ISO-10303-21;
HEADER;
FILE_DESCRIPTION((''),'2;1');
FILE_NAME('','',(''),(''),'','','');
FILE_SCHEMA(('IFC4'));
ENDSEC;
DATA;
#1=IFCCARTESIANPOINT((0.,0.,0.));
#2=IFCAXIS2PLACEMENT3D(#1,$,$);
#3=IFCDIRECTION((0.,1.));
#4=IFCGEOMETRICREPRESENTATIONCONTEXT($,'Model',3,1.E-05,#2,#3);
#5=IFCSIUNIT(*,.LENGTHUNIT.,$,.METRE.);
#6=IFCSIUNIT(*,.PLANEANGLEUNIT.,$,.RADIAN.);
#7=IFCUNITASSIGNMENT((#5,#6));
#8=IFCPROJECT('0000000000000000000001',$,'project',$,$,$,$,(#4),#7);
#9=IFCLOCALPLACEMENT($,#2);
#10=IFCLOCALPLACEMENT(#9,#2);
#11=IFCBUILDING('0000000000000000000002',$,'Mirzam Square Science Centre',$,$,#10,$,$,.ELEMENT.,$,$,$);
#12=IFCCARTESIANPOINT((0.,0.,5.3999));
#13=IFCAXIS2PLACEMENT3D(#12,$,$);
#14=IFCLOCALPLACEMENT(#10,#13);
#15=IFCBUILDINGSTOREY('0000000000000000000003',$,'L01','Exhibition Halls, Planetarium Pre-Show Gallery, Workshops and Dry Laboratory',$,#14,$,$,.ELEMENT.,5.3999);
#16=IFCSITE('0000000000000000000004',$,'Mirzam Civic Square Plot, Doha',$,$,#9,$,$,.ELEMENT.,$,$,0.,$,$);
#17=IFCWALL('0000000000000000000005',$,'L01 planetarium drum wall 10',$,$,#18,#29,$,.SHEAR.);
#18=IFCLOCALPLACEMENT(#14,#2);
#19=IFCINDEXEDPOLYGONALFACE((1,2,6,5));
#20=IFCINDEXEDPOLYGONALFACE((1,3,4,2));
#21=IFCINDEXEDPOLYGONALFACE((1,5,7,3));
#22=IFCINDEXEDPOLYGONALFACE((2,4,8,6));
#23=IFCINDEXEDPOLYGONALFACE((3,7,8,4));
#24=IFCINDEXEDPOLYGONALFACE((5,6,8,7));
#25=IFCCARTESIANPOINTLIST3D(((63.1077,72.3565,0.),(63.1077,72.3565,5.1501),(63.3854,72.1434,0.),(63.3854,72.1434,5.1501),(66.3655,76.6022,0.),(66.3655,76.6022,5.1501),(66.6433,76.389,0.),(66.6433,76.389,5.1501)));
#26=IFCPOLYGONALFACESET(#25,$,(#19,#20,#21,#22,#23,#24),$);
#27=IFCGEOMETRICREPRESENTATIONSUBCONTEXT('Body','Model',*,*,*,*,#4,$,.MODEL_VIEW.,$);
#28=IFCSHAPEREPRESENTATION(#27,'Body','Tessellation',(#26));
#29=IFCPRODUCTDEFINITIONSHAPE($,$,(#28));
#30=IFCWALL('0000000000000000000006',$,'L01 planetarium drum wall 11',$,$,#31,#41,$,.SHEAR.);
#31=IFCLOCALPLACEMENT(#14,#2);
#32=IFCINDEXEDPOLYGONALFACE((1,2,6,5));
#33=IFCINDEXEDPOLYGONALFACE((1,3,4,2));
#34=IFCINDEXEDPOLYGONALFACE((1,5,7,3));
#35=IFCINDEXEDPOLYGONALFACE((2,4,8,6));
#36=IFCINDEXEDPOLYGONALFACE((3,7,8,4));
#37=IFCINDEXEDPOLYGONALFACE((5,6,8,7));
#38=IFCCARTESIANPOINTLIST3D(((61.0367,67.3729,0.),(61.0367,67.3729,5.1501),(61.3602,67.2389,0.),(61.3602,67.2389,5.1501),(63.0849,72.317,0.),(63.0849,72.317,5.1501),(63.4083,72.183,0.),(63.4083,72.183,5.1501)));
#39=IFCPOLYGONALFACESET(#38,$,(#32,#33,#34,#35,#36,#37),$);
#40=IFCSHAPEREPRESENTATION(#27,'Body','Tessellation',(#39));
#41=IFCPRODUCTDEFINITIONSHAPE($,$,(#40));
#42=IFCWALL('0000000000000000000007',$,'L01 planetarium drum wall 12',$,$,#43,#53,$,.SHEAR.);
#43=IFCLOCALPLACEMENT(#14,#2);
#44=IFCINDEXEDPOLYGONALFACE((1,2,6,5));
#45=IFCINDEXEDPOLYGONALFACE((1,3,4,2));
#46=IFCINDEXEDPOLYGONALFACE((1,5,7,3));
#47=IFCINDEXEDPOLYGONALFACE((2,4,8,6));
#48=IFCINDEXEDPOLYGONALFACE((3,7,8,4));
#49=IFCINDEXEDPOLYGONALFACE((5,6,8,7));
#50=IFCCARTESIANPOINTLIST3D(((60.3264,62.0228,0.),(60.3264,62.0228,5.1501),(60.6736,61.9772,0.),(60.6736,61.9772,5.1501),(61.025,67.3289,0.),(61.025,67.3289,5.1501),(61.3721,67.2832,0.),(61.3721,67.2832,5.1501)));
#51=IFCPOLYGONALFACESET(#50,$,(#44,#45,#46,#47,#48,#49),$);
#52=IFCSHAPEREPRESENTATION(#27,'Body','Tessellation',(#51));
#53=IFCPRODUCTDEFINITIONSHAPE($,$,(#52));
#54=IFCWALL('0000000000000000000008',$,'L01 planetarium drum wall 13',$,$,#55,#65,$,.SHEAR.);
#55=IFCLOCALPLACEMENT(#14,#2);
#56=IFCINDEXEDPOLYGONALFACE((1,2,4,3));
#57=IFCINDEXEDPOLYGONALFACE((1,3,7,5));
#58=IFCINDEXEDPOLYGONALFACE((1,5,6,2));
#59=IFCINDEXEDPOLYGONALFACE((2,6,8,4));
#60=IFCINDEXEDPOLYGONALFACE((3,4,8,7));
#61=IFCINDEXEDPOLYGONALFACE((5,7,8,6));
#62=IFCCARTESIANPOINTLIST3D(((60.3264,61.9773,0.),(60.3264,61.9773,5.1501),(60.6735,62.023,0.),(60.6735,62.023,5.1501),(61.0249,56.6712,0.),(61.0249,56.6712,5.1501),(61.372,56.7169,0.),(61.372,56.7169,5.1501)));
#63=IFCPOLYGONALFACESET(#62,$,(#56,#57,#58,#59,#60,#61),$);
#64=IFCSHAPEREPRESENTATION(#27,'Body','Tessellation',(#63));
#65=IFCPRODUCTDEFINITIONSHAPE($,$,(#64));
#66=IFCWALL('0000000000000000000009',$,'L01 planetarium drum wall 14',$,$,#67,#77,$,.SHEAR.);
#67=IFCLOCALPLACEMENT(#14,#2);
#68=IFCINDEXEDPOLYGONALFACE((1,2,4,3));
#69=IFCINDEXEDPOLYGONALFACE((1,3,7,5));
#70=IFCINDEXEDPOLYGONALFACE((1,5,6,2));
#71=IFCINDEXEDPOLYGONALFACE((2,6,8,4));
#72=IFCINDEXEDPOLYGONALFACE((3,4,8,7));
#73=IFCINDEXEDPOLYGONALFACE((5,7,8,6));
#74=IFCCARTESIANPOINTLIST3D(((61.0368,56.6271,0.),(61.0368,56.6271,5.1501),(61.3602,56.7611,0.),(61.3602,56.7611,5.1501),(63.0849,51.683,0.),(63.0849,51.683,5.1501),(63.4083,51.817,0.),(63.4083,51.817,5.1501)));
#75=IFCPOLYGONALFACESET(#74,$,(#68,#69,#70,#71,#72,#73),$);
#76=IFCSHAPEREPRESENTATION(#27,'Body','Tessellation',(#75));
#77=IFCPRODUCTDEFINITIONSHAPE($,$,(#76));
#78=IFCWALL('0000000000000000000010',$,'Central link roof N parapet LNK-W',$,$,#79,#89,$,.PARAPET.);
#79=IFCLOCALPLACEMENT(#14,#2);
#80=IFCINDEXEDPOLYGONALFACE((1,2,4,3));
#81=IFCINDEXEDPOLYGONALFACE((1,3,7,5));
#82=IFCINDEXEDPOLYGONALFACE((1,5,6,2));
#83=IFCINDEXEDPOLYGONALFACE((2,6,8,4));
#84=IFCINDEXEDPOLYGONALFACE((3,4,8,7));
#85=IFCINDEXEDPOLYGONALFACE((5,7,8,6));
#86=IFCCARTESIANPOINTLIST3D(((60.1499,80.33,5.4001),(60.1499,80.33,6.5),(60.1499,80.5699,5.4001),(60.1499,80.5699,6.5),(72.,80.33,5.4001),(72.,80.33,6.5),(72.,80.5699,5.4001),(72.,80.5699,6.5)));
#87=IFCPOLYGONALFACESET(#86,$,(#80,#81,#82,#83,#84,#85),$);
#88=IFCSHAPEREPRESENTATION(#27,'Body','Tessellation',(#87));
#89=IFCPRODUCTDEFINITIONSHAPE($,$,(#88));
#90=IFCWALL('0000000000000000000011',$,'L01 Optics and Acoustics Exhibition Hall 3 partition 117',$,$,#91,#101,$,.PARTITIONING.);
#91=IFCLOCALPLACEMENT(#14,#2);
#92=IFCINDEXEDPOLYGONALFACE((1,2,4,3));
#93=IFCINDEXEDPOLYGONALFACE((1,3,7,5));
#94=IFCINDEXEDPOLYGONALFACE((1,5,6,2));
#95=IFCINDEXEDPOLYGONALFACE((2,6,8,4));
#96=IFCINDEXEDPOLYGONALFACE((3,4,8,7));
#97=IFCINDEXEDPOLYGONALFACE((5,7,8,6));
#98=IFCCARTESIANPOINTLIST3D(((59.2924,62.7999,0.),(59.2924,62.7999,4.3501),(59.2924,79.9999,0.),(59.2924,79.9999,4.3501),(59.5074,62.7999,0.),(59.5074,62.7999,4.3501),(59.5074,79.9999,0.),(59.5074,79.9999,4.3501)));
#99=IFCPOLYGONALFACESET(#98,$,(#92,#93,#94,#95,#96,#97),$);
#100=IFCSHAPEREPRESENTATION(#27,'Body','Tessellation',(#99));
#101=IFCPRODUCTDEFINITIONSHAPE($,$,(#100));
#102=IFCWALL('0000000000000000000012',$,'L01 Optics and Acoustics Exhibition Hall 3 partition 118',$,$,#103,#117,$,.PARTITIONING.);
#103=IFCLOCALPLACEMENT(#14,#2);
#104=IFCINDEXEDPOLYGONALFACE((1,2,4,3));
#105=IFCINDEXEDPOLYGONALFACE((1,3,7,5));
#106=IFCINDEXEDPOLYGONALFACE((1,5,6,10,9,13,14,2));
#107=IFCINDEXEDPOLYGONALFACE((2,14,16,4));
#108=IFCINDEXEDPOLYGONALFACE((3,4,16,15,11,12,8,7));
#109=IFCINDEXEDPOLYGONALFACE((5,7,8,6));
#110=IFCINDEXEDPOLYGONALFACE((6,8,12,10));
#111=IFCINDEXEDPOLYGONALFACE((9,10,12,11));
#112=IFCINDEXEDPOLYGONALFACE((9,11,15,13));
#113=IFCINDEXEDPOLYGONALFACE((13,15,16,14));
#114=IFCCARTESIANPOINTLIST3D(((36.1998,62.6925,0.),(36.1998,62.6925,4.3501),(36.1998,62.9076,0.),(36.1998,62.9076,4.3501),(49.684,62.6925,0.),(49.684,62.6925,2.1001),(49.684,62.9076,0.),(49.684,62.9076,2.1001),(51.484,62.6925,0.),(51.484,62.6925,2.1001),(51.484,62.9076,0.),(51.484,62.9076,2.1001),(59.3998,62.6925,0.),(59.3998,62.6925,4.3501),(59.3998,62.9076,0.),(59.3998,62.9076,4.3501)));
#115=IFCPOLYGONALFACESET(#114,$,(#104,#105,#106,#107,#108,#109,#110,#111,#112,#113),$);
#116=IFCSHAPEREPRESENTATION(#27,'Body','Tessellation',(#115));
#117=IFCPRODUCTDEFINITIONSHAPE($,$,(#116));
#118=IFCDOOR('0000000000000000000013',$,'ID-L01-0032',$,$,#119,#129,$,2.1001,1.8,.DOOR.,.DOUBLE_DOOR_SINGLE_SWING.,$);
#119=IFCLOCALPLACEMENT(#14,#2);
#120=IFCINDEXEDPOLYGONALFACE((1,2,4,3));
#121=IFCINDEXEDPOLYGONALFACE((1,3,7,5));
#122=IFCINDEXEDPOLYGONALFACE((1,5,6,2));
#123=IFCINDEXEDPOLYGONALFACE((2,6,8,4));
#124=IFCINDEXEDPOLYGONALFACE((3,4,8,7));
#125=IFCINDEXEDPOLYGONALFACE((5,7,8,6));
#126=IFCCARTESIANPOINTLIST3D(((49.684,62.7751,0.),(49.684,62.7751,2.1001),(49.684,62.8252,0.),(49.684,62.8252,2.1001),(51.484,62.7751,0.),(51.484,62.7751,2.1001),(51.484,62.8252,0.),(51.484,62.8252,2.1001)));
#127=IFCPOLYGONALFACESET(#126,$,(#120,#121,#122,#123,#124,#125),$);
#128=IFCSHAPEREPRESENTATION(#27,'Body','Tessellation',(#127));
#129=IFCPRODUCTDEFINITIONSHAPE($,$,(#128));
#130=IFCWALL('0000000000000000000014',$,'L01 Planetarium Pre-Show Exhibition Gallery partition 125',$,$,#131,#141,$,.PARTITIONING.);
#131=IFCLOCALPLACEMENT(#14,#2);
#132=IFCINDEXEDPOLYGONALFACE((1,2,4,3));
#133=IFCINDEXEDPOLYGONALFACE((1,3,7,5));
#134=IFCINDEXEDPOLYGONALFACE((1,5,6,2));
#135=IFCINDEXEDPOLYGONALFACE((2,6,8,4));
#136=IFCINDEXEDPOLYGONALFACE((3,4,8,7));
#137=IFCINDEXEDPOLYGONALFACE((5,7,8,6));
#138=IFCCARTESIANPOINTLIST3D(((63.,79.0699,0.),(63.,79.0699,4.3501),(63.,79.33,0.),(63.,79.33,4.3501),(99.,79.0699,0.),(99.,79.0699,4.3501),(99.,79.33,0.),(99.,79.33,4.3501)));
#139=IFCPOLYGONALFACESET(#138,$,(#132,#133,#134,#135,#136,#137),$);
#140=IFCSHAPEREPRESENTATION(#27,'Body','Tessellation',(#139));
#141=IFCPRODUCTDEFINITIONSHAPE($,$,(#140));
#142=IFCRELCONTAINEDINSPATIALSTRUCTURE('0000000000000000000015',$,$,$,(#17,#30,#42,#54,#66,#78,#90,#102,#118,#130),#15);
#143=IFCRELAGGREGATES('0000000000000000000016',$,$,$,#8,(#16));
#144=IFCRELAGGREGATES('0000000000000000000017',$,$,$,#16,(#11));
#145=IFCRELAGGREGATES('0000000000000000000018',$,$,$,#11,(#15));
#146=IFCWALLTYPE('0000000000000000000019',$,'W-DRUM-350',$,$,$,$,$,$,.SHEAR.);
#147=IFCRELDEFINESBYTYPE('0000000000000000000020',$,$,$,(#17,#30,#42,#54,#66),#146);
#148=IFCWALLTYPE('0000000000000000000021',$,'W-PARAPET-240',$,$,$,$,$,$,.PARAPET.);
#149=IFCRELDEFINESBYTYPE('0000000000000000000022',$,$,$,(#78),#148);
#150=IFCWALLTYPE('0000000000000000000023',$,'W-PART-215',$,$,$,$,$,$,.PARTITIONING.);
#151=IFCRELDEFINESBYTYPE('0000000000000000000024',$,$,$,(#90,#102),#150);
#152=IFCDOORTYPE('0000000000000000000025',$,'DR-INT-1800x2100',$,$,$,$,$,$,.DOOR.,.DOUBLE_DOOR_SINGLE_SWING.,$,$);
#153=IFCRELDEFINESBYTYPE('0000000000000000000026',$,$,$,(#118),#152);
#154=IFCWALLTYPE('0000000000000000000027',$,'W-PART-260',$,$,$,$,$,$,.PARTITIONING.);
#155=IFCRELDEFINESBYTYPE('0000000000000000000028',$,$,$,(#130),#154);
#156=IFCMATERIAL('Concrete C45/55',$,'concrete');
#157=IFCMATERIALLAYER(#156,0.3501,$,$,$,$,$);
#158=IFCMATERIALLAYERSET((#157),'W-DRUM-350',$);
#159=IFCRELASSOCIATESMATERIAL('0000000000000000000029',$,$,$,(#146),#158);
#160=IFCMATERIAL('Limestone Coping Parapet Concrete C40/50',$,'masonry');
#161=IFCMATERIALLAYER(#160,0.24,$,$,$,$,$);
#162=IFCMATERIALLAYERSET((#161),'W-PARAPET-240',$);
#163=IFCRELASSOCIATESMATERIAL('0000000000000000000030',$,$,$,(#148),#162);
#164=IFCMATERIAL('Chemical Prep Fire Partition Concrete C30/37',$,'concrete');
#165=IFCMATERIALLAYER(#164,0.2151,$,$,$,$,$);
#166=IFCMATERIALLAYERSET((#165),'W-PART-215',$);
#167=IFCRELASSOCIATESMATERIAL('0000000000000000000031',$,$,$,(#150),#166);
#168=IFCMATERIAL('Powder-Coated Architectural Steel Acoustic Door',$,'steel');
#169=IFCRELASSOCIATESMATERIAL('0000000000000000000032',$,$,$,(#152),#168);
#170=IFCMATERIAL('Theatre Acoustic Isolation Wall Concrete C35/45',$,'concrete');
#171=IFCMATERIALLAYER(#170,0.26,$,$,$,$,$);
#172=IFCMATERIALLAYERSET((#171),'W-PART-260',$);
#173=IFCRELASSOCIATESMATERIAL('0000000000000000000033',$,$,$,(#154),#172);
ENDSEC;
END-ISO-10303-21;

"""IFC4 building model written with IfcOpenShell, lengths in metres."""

from ifc_helpers import new_model, si_unit, direction, frame, frame_2d, origin, place, context, subcontext, project, spatial, rectangle, extrude, material, layer, layer_set, type_object, element, fill, save


model = new_model("IFC4")

# Units and contexts
model_context = context("Model", 3, precision=1e-05, world=origin(), true_north=direction((0.0, 1.0)))
body_context = subcontext(model_context, "Body", "Model", "MODEL_VIEW")
ifc_project = project(units=[si_unit("LENGTHUNIT", "METRE"), si_unit("PLANEANGLEUNIT", "RADIAN")], contexts=[model_context])

# Site, building, storey
site_placement = place(None, origin())
site = spatial("IfcSite", under=ifc_project, at=site_placement, Name="Mirzam Civic Square Plot, Doha", CompositionType="ELEMENT", RefElevation=0.0)
building_placement = place(site_placement, origin())
building = spatial("IfcBuilding", under=site, at=building_placement, Name="Mirzam Square Science Centre", CompositionType="ELEMENT")
storey_placement = place(building_placement, frame((0.0, 0.0, 5.3999)))
storey = spatial("IfcBuildingStorey", under=building, at=storey_placement, Name="L01", Description="Exhibition Halls, Planetarium Pre-Show Gallery, Workshops and Dry Laboratory", CompositionType="ELEMENT", Elevation=5.3999)

# Shared definitions
ifc_material_1 = material(Name="Concrete C45/55", Category="concrete")

# Walls
ifc_layer_1 = layer(ifc_material_1, 0.3501)
ifc_layer_set_1 = layer_set([ifc_layer_1], Name="W-DRUM-350")
wall_type_1 = type_object("IfcWallType", Name="W-DRUM-350", PredefinedType="SHEAR", material=ifc_layer_set_1)
for number, where, z_axis, x_axis, name in (
    (1, (66.5044, 76.4956, 0.0), (0.0, 0.0, 1.0), (-0.608767, -0.793349, 0.0), "L01 planetarium drum wall 10"),
    (2, (63.2466, 72.25, 0.0), (0.0, 0.0, 1.0), (-0.382713, -0.923867, 0.0), "L01 planetarium drum wall 11"),
):
    element("IfcWall", number, at=place(storey_placement, frame(where, z_axis=z_axis, x_axis=x_axis)), inside=storey, type_object=wall_type_1, Name=name, PredefinedType="SHEAR", context=body_context, shape_type="SweptSolid", body=[
        extrude(rectangle(XDim=5.3516, YDim=0.3501, at=frame_2d((2.6758, 0.0))), origin(), (0.0, 0.0, 1.0), 5.1501),
    ])
for number, where, z_axis, x_axis, name in (
    (3, (61.1985, 67.3059, 0.0), (0.0, 0.0, 1.0), (-0.130517, -0.991446, 0.0), "L01 planetarium drum wall 12"),
    (4, (60.5, 62.0, 0.0), (0.0, 0.0, 1.0), (0.130517, -0.991446, 0.0), "L01 planetarium drum wall 13"),
):
    element("IfcWall", number, at=place(storey_placement, frame(where, z_axis=z_axis, x_axis=x_axis)), inside=storey, type_object=wall_type_1, Name=name, PredefinedType="SHEAR", context=body_context, shape_type="SweptSolid", body=[
        extrude(rectangle(XDim=5.3518, YDim=0.3501, at=frame_2d((2.6758, 0.0))), origin(), (0.0, 0.0, 1.0), 5.1501),
    ])
wall_1_placement = place(storey_placement, frame((61.1985, 56.6941, 0.0), z_axis=(0.0, 0.0, 1.0), x_axis=(0.382713, -0.923867, 0.0)))
element("IfcWall", 5, at=wall_1_placement, inside=storey, type_object=wall_type_1, Name="L01 planetarium drum wall 14", PredefinedType="SHEAR", context=body_context, shape_type="SweptSolid", body=[
    extrude(rectangle(XDim=5.3516, YDim=0.3501, at=frame_2d((2.6758, 0.0))), origin(), (0.0, 0.0, 1.0), 5.1501),
])
ifc_material_2 = material(Name="Limestone Coping Parapet Concrete C40/50", Category="masonry")
ifc_layer_2 = layer(ifc_material_2, 0.24)
ifc_layer_set_2 = layer_set([ifc_layer_2], Name="W-PARAPET-240")
wall_type_2 = type_object("IfcWallType", Name="W-PARAPET-240", PredefinedType="PARAPET", material=ifc_layer_set_2)
wall_2_placement = place(storey_placement, frame((60.1499, 80.45, 5.4001), z_axis=(0.0, 0.0, 1.0), x_axis=(1.0, 0.0, 0.0)))
element("IfcWall", 6, at=wall_2_placement, inside=storey, type_object=wall_type_2, Name="Central link roof N parapet LNK-W", PredefinedType="PARAPET", context=body_context, shape_type="SweptSolid", body=[
    extrude(rectangle(XDim=11.8501, YDim=0.24, at=frame_2d((5.925, 0.0))), origin(), (0.0, 0.0, 1.0), 1.0999),
])
ifc_material_3 = material(Name="Chemical Prep Fire Partition Concrete C30/37", Category="concrete")
ifc_layer_3 = layer(ifc_material_3, 0.2151)
ifc_layer_set_3 = layer_set([ifc_layer_3], Name="W-PART-215")
wall_type_3 = type_object("IfcWallType", Name="W-PART-215", PredefinedType="PARTITIONING", material=ifc_layer_set_3)
wall_3_placement = place(storey_placement, frame((59.3999, 80.0, 0.0), z_axis=(0.0, 0.0, 1.0), x_axis=(0.0, -1.0, 0.0)))
element("IfcWall", 7, at=wall_3_placement, inside=storey, type_object=wall_type_3, Name="L01 Optics and Acoustics Exhibition Hall 3 partition 117", PredefinedType="PARTITIONING", context=body_context, shape_type="SweptSolid", body=[
    extrude(rectangle(XDim=17.2, YDim=0.2151, at=frame_2d((8.6001, 0.0))), origin(), (0.0, 0.0, 1.0), 4.3501),
])

# Wall, opening, door
wall_4_placement = place(storey_placement, frame((59.3999, 62.8, 0.0), z_axis=(0.0, 0.0, 1.0), x_axis=(-1.0, 0.0, 0.0)))
wall_4 = element("IfcWall", 8, at=wall_4_placement, inside=storey, type_object=wall_type_3, Name="L01 Optics and Acoustics Exhibition Hall 3 partition 118", PredefinedType="PARTITIONING", context=body_context, shape_type="SweptSolid", body=[
    extrude(rectangle(XDim=23.2, YDim=0.2151, at=frame_2d((11.6001, 0.0))), origin(), (0.0, 0.0, 1.0), 4.3501),
])
opening_placement = place(wall_4_placement, frame((7.916, 0.0, 0.0)))
opening = element("IfcOpeningElement", 9, at=opening_placement, cuts=wall_4, PredefinedType="OPENING", context=body_context, shape_type="SweptSolid", body=[
    extrude(rectangle(XDim=1.8, YDim=2.1001, at=frame_2d((0.8999, 1.05))), frame((0.0, 0.1174, 0.0), z_axis=(0.0, -1.0, 0.0), x_axis=(1.0, 0.0, 0.0)), (0.0, 0.0, 1.0), 0.2351),
])
ifc_material_4 = material(Name="Powder-Coated Architectural Steel Acoustic Door", Category="steel")
door_type = type_object("IfcDoorType", Name="DR-INT-1800x2100", OperationType="DOUBLE_DOOR_SINGLE_SWING", PredefinedType="DOOR", material=ifc_material_4)
door_placement = place(opening_placement, origin())
door = element("IfcDoor", 10, at=door_placement, inside=storey, type_object=door_type, Name="ID-L01-0032", OperationType="DOUBLE_DOOR_SINGLE_SWING", OverallHeight=2.1001, OverallWidth=1.8, PredefinedType="DOOR", context=body_context, shape_type="SweptSolid", body=[
    extrude(rectangle(XDim=1.8, YDim=2.1001, at=frame_2d((0.8999, 1.05))), frame((0.0, 0.0249, 0.0), z_axis=(0.0, -1.0, 0.0), x_axis=(1.0, 0.0, 0.0)), (0.0, 0.0, 1.0), 0.05),
])
fill(opening, door)

# Wall
ifc_material_5 = material(Name="Theatre Acoustic Isolation Wall Concrete C35/45", Category="concrete")
ifc_layer_4 = layer(ifc_material_5, 0.26)
ifc_layer_set_4 = layer_set([ifc_layer_4], Name="W-PART-260")
wall_type_4 = type_object("IfcWallType", Name="W-PART-260", PredefinedType="PARTITIONING", material=ifc_layer_set_4)
wall_5_placement = place(storey_placement, frame((63.0, 79.2, 0.0), z_axis=(0.0, 0.0, 1.0), x_axis=(1.0, 0.0, 0.0)))
element("IfcWall", 11, at=wall_5_placement, inside=storey, type_object=wall_type_4, Name="L01 Planetarium Pre-Show Exhibition Gallery partition 125", PredefinedType="PARTITIONING", context=body_context, shape_type="SweptSolid", body=[
    extrude(rectangle(XDim=36.0, YDim=0.26, at=frame_2d((18.0, 0.0))), origin(), (0.0, 0.0, 1.0), 4.3501),
])

save(model, "model.ifc")
